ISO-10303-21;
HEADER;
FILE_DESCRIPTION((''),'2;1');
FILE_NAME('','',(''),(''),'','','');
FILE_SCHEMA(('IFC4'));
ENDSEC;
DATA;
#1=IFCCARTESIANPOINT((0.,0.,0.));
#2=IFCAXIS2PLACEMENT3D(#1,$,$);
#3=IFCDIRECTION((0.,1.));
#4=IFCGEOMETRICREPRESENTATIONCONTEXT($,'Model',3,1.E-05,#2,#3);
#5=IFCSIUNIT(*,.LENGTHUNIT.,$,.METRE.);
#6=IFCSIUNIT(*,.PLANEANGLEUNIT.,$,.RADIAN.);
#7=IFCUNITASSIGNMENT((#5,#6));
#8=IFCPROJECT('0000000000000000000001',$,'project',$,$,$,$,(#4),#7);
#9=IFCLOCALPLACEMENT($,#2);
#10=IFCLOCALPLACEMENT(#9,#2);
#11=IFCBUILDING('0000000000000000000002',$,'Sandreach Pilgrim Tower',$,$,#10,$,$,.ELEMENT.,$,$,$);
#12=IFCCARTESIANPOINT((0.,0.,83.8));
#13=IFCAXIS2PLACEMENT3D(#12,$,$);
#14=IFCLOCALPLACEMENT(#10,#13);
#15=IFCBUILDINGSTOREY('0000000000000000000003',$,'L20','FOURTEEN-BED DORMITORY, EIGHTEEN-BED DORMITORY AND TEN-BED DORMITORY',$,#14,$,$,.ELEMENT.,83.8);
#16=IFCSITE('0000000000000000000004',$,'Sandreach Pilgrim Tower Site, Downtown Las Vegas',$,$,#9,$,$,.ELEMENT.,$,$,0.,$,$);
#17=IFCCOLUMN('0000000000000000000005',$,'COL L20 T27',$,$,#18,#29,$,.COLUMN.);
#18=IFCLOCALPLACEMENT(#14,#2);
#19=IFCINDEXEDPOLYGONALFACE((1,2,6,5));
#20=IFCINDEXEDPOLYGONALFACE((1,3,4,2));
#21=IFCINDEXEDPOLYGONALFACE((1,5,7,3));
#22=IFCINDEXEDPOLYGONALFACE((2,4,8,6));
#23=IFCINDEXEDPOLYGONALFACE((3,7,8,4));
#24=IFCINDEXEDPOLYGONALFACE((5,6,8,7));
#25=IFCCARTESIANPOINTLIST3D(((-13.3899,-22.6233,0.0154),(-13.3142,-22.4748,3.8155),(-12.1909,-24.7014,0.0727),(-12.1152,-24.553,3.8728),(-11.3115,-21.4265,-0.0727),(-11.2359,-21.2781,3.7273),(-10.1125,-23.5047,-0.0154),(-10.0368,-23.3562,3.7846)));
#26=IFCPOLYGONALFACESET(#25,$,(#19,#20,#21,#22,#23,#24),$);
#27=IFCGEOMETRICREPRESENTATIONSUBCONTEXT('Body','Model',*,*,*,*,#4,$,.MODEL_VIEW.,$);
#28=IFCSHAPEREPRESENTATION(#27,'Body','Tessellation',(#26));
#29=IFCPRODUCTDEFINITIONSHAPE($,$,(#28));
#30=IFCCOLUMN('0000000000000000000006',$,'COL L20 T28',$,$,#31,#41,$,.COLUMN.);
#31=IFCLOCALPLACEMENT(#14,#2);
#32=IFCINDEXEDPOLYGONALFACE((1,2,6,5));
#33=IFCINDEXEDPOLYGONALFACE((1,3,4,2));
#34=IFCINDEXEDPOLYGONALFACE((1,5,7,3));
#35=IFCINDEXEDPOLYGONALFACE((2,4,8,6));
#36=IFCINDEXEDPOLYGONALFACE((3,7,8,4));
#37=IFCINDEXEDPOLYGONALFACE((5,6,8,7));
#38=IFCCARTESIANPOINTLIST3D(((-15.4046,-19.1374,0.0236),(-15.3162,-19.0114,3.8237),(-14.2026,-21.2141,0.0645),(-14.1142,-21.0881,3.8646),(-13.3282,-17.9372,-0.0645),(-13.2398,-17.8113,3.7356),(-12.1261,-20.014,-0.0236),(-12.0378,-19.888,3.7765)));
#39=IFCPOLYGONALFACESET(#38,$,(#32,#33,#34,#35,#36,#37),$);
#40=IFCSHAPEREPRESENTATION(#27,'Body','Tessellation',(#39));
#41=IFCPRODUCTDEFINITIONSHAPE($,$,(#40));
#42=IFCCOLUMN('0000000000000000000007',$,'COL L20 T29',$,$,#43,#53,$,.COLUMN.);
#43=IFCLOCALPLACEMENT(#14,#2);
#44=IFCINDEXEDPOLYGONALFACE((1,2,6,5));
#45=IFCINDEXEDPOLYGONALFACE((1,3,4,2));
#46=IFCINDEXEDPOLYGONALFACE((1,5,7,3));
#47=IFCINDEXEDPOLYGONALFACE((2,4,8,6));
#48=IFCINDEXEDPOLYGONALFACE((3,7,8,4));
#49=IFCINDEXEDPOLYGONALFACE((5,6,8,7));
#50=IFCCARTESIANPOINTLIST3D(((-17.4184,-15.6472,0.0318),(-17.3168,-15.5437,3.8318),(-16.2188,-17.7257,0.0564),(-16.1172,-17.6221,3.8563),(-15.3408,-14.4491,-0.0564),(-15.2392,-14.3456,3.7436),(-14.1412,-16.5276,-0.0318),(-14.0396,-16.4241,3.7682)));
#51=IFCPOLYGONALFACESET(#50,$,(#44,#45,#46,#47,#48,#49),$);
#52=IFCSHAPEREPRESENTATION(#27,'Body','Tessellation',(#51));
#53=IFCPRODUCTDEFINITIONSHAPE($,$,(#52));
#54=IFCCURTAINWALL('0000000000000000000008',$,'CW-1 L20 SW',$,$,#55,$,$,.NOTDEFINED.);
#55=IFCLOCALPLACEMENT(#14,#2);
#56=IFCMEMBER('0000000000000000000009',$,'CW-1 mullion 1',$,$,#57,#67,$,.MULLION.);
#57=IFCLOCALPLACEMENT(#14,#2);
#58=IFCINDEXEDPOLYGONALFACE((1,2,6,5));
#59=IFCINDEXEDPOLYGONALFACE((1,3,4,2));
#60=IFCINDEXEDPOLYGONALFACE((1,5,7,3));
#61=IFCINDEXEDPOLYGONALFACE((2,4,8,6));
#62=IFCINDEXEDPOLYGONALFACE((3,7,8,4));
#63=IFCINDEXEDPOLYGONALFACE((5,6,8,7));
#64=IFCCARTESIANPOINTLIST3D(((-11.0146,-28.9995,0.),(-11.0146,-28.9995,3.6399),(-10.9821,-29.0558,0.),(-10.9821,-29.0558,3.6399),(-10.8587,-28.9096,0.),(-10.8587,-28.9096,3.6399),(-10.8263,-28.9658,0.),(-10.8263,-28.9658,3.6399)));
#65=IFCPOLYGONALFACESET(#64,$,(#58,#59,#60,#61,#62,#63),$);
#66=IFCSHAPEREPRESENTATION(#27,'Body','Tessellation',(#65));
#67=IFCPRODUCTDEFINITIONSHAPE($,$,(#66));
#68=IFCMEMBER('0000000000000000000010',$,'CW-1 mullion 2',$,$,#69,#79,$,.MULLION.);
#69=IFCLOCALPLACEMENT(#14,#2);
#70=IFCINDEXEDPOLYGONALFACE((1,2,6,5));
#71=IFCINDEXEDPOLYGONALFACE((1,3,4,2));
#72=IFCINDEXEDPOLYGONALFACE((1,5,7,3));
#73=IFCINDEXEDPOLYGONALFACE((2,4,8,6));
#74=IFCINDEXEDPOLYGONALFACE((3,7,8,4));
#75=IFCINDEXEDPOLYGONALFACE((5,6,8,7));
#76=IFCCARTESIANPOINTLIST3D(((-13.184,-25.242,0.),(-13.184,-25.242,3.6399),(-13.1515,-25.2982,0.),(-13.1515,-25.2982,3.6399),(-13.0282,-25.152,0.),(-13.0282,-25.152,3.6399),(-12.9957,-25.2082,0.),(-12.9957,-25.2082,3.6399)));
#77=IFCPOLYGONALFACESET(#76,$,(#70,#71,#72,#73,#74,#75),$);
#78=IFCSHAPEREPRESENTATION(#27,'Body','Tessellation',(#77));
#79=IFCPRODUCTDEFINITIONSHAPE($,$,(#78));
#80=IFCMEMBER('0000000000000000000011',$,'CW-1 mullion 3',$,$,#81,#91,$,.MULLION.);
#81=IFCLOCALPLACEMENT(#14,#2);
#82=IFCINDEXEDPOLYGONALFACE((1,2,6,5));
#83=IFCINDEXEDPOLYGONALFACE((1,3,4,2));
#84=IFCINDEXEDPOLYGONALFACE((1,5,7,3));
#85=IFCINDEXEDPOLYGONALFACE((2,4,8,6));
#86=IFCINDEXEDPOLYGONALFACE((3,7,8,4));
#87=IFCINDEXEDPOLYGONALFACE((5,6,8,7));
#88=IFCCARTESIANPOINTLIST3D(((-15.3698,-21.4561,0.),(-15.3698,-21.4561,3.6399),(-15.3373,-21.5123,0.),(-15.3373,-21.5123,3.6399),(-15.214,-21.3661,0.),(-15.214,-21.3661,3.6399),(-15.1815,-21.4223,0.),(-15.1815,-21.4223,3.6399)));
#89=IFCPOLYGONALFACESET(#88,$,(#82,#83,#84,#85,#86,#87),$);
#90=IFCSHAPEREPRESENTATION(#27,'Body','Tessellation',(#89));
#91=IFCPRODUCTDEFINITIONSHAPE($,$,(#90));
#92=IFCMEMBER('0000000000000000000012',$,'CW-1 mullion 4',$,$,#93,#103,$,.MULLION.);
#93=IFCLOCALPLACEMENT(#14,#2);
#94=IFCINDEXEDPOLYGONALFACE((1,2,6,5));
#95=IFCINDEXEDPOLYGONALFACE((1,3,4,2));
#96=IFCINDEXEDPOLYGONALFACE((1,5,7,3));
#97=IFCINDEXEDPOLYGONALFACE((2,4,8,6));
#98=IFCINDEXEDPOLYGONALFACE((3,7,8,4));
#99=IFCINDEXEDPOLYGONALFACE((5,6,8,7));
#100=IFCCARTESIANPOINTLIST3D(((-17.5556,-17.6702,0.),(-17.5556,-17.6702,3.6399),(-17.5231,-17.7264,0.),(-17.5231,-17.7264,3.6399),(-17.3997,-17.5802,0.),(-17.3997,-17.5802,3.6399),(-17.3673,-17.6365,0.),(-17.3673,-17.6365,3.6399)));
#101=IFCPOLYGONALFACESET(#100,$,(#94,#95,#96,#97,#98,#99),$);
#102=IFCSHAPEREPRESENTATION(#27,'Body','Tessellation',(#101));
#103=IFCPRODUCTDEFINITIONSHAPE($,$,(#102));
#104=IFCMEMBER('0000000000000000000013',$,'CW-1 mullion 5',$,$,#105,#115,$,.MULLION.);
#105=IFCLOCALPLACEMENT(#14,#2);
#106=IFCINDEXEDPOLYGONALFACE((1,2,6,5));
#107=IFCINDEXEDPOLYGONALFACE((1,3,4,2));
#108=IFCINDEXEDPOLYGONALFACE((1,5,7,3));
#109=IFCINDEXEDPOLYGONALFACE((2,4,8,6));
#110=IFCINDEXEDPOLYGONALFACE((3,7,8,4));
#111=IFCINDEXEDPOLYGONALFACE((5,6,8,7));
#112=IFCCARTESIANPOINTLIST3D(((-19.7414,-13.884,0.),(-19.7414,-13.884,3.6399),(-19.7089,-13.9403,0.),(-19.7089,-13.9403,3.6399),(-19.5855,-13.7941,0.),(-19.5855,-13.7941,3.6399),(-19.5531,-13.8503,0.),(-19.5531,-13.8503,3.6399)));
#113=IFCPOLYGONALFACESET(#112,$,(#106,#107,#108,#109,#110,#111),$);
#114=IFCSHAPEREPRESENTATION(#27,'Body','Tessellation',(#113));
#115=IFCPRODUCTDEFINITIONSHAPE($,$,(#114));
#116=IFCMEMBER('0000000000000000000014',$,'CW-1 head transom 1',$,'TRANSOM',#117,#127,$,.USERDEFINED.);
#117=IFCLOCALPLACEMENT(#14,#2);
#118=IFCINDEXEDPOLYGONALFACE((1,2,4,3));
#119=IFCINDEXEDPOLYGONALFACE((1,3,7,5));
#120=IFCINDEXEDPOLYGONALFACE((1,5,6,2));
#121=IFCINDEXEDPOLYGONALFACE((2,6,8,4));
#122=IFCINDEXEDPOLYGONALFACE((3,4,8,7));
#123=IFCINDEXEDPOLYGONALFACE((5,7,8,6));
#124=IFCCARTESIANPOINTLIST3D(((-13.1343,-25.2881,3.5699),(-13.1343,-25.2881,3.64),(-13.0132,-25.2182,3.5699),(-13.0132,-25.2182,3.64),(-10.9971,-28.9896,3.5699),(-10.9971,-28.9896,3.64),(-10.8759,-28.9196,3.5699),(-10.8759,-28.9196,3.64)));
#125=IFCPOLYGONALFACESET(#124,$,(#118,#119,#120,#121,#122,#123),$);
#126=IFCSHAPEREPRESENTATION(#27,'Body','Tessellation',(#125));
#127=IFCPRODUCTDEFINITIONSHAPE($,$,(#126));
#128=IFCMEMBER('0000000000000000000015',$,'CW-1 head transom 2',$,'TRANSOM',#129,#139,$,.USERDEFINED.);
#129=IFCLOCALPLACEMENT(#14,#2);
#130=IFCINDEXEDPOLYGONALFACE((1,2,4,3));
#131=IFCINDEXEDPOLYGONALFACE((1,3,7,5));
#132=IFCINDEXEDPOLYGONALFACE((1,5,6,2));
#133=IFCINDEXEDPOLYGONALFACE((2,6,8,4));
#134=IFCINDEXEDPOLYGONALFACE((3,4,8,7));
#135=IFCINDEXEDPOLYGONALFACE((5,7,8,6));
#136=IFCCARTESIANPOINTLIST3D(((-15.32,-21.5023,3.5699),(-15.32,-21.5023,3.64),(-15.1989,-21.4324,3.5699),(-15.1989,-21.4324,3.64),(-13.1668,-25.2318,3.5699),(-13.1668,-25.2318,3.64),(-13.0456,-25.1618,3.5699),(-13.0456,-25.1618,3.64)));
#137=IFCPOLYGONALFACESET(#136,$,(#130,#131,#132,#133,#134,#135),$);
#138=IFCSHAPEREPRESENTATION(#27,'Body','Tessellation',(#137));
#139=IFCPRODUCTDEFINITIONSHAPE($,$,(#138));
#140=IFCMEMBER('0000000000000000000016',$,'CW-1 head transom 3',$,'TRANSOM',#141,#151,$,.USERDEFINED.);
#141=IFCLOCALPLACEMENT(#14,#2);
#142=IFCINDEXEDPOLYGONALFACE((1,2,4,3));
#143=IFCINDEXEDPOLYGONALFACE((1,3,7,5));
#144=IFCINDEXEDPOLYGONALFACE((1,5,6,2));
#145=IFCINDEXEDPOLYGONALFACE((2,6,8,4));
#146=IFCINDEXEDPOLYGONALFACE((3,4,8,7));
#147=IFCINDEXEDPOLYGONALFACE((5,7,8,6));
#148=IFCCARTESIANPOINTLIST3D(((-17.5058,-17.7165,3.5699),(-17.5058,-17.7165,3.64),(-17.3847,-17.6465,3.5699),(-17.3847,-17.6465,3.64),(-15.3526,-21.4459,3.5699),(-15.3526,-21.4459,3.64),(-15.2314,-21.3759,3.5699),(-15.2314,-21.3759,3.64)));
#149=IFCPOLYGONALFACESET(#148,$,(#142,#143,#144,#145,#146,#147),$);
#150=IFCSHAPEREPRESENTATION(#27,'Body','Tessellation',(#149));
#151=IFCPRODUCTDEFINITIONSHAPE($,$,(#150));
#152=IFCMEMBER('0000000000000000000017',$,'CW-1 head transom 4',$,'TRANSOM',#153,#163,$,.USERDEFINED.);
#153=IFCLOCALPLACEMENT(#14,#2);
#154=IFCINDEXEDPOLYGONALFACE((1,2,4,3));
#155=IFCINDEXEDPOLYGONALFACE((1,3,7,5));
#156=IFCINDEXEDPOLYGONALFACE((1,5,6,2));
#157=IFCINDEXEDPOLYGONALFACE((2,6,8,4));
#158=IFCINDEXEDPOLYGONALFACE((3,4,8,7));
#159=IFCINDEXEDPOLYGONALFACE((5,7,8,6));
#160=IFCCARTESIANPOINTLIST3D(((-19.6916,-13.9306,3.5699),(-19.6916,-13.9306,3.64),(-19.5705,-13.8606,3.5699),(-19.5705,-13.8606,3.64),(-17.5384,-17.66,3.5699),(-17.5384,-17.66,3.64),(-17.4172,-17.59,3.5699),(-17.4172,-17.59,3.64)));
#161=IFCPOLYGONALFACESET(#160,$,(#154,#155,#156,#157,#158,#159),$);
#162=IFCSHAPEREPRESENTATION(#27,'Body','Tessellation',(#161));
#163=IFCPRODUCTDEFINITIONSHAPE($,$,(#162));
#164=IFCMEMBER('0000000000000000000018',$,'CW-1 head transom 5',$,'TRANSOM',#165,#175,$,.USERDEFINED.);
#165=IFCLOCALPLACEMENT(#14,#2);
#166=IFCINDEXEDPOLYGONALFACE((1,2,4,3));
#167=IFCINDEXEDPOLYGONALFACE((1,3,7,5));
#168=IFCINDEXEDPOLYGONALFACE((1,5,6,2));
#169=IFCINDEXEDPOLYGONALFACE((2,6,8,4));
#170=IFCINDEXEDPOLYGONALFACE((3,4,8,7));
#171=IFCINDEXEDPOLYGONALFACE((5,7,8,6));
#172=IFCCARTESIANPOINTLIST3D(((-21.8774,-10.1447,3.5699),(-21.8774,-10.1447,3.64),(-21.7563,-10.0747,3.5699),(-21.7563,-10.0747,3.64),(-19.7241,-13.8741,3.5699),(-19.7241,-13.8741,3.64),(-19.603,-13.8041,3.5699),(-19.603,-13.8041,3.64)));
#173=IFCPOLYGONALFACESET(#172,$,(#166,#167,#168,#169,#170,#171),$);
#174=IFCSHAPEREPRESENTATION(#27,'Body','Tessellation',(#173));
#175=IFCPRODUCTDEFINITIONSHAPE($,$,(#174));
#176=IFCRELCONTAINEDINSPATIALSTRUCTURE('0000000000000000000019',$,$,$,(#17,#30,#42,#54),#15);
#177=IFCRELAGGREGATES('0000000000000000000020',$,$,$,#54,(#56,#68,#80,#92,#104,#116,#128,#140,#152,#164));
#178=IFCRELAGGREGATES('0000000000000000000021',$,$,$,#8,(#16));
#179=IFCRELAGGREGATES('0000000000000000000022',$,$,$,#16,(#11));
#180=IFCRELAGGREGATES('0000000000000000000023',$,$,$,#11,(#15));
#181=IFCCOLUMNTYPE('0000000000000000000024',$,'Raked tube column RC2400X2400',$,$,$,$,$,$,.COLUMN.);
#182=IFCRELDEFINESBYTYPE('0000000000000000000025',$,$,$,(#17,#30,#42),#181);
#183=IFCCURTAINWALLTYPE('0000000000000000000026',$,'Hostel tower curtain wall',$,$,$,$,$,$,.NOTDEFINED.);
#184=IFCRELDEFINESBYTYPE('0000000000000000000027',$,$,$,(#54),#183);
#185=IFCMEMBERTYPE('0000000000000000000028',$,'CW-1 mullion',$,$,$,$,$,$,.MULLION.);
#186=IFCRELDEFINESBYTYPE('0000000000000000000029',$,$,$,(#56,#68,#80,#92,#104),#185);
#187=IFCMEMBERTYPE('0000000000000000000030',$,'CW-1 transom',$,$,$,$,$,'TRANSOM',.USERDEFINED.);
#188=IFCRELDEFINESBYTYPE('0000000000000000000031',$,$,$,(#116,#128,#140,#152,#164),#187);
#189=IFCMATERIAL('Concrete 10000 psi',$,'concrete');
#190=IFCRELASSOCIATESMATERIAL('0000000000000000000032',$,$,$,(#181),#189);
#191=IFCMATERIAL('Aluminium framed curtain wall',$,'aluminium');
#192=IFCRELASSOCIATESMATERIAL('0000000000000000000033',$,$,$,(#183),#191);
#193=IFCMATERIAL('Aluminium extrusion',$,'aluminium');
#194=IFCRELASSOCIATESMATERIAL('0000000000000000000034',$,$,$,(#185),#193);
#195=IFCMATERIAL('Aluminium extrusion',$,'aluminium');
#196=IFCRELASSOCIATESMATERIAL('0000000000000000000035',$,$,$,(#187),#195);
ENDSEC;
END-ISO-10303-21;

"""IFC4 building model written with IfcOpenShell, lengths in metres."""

from ifc_helpers import new_model, si_unit, direction, frame, origin, origin_2d, place, context, subcontext, project, spatial, rectangle, extrude, material, material_profile, profile_set, type_object, element, aggregate, save


model = new_model("IFC4")

# Units and contexts
model_context = context("Model", 3, precision=1e-05, world=origin(), true_north=direction((0.0, 1.0)))
body_context = subcontext(model_context, "Body", "Model", "MODEL_VIEW")
ifc_project = project(units=[si_unit("LENGTHUNIT", "METRE"), si_unit("PLANEANGLEUNIT", "RADIAN")], contexts=[model_context])

# Site, building, storey
site_placement = place(None, origin())
site = spatial("IfcSite", under=ifc_project, at=site_placement, Name="Sandreach Pilgrim Tower Site, Downtown Las Vegas", CompositionType="ELEMENT", RefElevation=0.0)
building_placement = place(site_placement, origin())
building = spatial("IfcBuilding", under=site, at=building_placement, Name="Sandreach Pilgrim Tower", CompositionType="ELEMENT")
storey_placement = place(building_placement, frame((0.0, 0.0, 83.8)))
storey = spatial("IfcBuildingStorey", under=building, at=storey_placement, Name="L20", Description="FOURTEEN-BED DORMITORY, EIGHTEEN-BED DORMITORY AND TEN-BED DORMITORY", CompositionType="ELEMENT", Elevation=83.8)

# Columns
ifc_material_1 = material(Name="Concrete 10000 psi", Category="concrete")
ifc_material_profile_1 = material_profile(ifc_material_1, rectangle(XDim=2.3999, YDim=2.3999, at=origin_2d()), Name="RC2400X2400")
ifc_profile_set_1 = profile_set([ifc_material_profile_1], Name="Concrete 10000 psi")
column_type = type_object("IfcColumnType", Name="Raked tube column RC2400X2400", PredefinedType="COLUMN", material=ifc_profile_set_1)
column_1_placement = place(storey_placement, frame((-11.7512, -23.064, 0.0), z_axis=(0.019897, 0.039025, 0.99904), x_axis=(-0.866022, -0.498655, 0.036727)))
element("IfcColumn", 1, at=column_1_placement, inside=storey, type_object=column_type, Name="COL L20 T27", PredefinedType="COLUMN", context=body_context, shape_type="SweptSolid", body=[
    extrude(rectangle(XDim=2.3999, YDim=2.3999, at=origin_2d()), origin(), (0.0, 0.0, 1.0), 3.8037),
])
column_2_placement = place(storey_placement, frame((-13.7654, -19.5757, 0.0), z_axis=(0.023238, 0.033124, 0.999181), x_axis=(-0.865206, -0.500071, 0.0367)))
element("IfcColumn", 2, at=column_2_placement, inside=storey, type_object=column_type, Name="COL L20 T28", PredefinedType="COLUMN", context=body_context, shape_type="SweptSolid", body=[
    extrude(rectangle(XDim=2.3999, YDim=2.3999, at=origin_2d()), origin(), (0.0, 0.0, 1.0), 3.8032),
])
column_3_placement = place(storey_placement, frame((-15.7798, -16.0874, 0.0), z_axis=(0.026707, 0.027221, 0.999273), x_axis=(-0.865695, -0.499221, 0.036736)))
element("IfcColumn", 3, at=column_3_placement, inside=storey, type_object=column_type, Name="COL L20 T29", PredefinedType="COLUMN", context=body_context, shape_type="SweptSolid", body=[
    extrude(rectangle(XDim=2.3999, YDim=2.3999, at=origin_2d()), origin(), (0.0, 0.0, 1.0), 3.8027),
])

# Curtain wall, members
ifc_material_2 = material(Name="Aluminium framed curtain wall", Category="aluminium")
curtain_wall_type = type_object("IfcCurtainWallType", Name="Hostel tower curtain wall", PredefinedType="NOTDEFINED", material=ifc_material_2)
curtain_wall_placement = place(storey_placement, origin())
curtain_wall = element("IfcCurtainWall", 4, at=curtain_wall_placement, inside=storey, type_object=curtain_wall_type, Name="CW-1 L20 SW", PredefinedType="NOTDEFINED")
ifc_material_3 = material(Name="Aluminium extrusion", Category="aluminium")
ifc_material_profile_2 = material_profile(ifc_material_3, rectangle(XDim=0.0649, YDim=0.1799, at=origin_2d()), Name="CW-1M 65X180")
ifc_profile_set_2 = profile_set([ifc_material_profile_2], Name="Aluminium extrusion")
member_type_1 = type_object("IfcMemberType", Name="CW-1 mullion", PredefinedType="MULLION", material=ifc_profile_set_2)
member_1_placement = place(storey_placement, frame((-10.9204, -28.9827, 0.0), z_axis=(0.0, 0.0, 1.0), x_axis=(-0.5, 0.866025, 0.0)))
member_1 = element("IfcMember", 5, at=member_1_placement, type_object=member_type_1, Name="CW-1 mullion 1", PredefinedType="MULLION", context=body_context, shape_type="SweptSolid", body=[
    extrude(rectangle(XDim=0.0649, YDim=0.1799, at=origin_2d()), origin(), (0.0, 0.0, 1.0), 3.6399),
])
member_2_placement = place(storey_placement, frame((-13.0898, -25.2251, 0.0), z_axis=(0.0, 0.0, 1.0), x_axis=(-0.5, 0.866025, 0.0)))
member_2 = element("IfcMember", 6, at=member_2_placement, type_object=member_type_1, Name="CW-1 mullion 2", PredefinedType="MULLION", context=body_context, shape_type="SweptSolid", body=[
    extrude(rectangle(XDim=0.0649, YDim=0.1799, at=origin_2d()), origin(), (0.0, 0.0, 1.0), 3.6399),
])
member_3_placement = place(storey_placement, frame((-15.2756, -21.4392, 0.0), z_axis=(0.0, 0.0, 1.0), x_axis=(-0.5, 0.866025, 0.0)))
member_3 = element("IfcMember", 7, at=member_3_placement, type_object=member_type_1, Name="CW-1 mullion 3", PredefinedType="MULLION", context=body_context, shape_type="SweptSolid", body=[
    extrude(rectangle(XDim=0.0649, YDim=0.1799, at=origin_2d()), origin(), (0.0, 0.0, 1.0), 3.6399),
])
member_4_placement = place(storey_placement, frame((-17.4614, -17.6533, 0.0), z_axis=(0.0, 0.0, 1.0), x_axis=(-0.5, 0.866025, 0.0)))
member_4 = element("IfcMember", 8, at=member_4_placement, type_object=member_type_1, Name="CW-1 mullion 4", PredefinedType="MULLION", context=body_context, shape_type="SweptSolid", body=[
    extrude(rectangle(XDim=0.0649, YDim=0.1799, at=origin_2d()), origin(), (0.0, 0.0, 1.0), 3.6399),
])
member_5_placement = place(storey_placement, frame((-19.6472, -13.8672, 0.0), z_axis=(0.0, 0.0, 1.0), x_axis=(-0.5, 0.866025, 0.0)))
member_5 = element("IfcMember", 9, at=member_5_placement, type_object=member_type_1, Name="CW-1 mullion 5", PredefinedType="MULLION", context=body_context, shape_type="SweptSolid", body=[
    extrude(rectangle(XDim=0.0649, YDim=0.1799, at=origin_2d()), origin(), (0.0, 0.0, 1.0), 3.6399),
])
ifc_material_4 = material(Name="Aluminium extrusion", Category="aluminium")
ifc_material_profile_3 = material_profile(ifc_material_4, rectangle(XDim=0.1399, YDim=0.0701, at=origin_2d()), Name="CW-1T 140X70")
ifc_profile_set_3 = profile_set([ifc_material_profile_3], Name="Aluminium extrusion")
member_type_2 = type_object("IfcMemberType", Name="CW-1 transom", ElementType="TRANSOM", PredefinedType="USERDEFINED", material=ifc_profile_set_3)
member_6_placement = place(storey_placement, frame((-10.9365, -28.9546, 3.605), z_axis=(-0.500034, 0.866006, 0.0), x_axis=(-0.866006, -0.500034, 0.0)))
member_6 = element("IfcMember", 10, at=member_6_placement, type_object=member_type_2, Name="CW-1 head transom 1", ObjectType="TRANSOM", PredefinedType="USERDEFINED", context=body_context, shape_type="SweptSolid", body=[
    extrude(rectangle(XDim=0.1399, YDim=0.0701, at=origin_2d()), origin(), (0.0, 0.0, 1.0), 4.2742),
])
member_7_placement = place(storey_placement, frame((-13.1062, -25.1968, 3.605), z_axis=(-0.500017, 0.866016, 0.0), x_axis=(-0.866016, -0.500017, 0.0)))
member_7 = element("IfcMember", 11, at=member_7_placement, type_object=member_type_2, Name="CW-1 head transom 2", ObjectType="TRANSOM", PredefinedType="USERDEFINED", context=body_context, shape_type="SweptSolid", body=[
    extrude(rectangle(XDim=0.1399, YDim=0.0701, at=origin_2d()), origin(), (0.0, 0.0, 1.0), 4.3064),
])
member_8_placement = place(storey_placement, frame((-15.292, -21.4109, 3.605), z_axis=(-0.500017, 0.866016, 0.0), x_axis=(-0.866016, -0.500017, 0.0)))
member_8 = element("IfcMember", 12, at=member_8_placement, type_object=member_type_2, Name="CW-1 head transom 3", ObjectType="TRANSOM", PredefinedType="USERDEFINED", context=body_context, shape_type="SweptSolid", body=[
    extrude(rectangle(XDim=0.1399, YDim=0.0701, at=origin_2d()), origin(), (0.0, 0.0, 1.0), 4.3064),
])
member_9_placement = place(storey_placement, frame((-17.4778, -17.625, 3.605), z_axis=(-0.500017, 0.866016, 0.0), x_axis=(-0.866016, -0.500017, 0.0)))
member_9 = element("IfcMember", 13, at=member_9_placement, type_object=member_type_2, Name="CW-1 head transom 4", ObjectType="TRANSOM", PredefinedType="USERDEFINED", context=body_context, shape_type="SweptSolid", body=[
    extrude(rectangle(XDim=0.1399, YDim=0.0701, at=origin_2d()), origin(), (0.0, 0.0, 1.0), 4.3064),
])
member_10_placement = place(storey_placement, frame((-19.6636, -13.8391, 3.605), z_axis=(-0.500017, 0.866016, 0.0), x_axis=(-0.866016, -0.500017, 0.0)))
member_10 = element("IfcMember", 14, at=member_10_placement, type_object=member_type_2, Name="CW-1 head transom 5", ObjectType="TRANSOM", PredefinedType="USERDEFINED", context=body_context, shape_type="SweptSolid", body=[
    extrude(rectangle(XDim=0.1399, YDim=0.0701, at=origin_2d()), origin(), (0.0, 0.0, 1.0), 4.3064),
])

aggregate(curtain_wall, [member_1, member_2, member_3, member_4, member_5, member_6, member_7, member_8, member_9, member_10])

save(model, "model.ifc")
